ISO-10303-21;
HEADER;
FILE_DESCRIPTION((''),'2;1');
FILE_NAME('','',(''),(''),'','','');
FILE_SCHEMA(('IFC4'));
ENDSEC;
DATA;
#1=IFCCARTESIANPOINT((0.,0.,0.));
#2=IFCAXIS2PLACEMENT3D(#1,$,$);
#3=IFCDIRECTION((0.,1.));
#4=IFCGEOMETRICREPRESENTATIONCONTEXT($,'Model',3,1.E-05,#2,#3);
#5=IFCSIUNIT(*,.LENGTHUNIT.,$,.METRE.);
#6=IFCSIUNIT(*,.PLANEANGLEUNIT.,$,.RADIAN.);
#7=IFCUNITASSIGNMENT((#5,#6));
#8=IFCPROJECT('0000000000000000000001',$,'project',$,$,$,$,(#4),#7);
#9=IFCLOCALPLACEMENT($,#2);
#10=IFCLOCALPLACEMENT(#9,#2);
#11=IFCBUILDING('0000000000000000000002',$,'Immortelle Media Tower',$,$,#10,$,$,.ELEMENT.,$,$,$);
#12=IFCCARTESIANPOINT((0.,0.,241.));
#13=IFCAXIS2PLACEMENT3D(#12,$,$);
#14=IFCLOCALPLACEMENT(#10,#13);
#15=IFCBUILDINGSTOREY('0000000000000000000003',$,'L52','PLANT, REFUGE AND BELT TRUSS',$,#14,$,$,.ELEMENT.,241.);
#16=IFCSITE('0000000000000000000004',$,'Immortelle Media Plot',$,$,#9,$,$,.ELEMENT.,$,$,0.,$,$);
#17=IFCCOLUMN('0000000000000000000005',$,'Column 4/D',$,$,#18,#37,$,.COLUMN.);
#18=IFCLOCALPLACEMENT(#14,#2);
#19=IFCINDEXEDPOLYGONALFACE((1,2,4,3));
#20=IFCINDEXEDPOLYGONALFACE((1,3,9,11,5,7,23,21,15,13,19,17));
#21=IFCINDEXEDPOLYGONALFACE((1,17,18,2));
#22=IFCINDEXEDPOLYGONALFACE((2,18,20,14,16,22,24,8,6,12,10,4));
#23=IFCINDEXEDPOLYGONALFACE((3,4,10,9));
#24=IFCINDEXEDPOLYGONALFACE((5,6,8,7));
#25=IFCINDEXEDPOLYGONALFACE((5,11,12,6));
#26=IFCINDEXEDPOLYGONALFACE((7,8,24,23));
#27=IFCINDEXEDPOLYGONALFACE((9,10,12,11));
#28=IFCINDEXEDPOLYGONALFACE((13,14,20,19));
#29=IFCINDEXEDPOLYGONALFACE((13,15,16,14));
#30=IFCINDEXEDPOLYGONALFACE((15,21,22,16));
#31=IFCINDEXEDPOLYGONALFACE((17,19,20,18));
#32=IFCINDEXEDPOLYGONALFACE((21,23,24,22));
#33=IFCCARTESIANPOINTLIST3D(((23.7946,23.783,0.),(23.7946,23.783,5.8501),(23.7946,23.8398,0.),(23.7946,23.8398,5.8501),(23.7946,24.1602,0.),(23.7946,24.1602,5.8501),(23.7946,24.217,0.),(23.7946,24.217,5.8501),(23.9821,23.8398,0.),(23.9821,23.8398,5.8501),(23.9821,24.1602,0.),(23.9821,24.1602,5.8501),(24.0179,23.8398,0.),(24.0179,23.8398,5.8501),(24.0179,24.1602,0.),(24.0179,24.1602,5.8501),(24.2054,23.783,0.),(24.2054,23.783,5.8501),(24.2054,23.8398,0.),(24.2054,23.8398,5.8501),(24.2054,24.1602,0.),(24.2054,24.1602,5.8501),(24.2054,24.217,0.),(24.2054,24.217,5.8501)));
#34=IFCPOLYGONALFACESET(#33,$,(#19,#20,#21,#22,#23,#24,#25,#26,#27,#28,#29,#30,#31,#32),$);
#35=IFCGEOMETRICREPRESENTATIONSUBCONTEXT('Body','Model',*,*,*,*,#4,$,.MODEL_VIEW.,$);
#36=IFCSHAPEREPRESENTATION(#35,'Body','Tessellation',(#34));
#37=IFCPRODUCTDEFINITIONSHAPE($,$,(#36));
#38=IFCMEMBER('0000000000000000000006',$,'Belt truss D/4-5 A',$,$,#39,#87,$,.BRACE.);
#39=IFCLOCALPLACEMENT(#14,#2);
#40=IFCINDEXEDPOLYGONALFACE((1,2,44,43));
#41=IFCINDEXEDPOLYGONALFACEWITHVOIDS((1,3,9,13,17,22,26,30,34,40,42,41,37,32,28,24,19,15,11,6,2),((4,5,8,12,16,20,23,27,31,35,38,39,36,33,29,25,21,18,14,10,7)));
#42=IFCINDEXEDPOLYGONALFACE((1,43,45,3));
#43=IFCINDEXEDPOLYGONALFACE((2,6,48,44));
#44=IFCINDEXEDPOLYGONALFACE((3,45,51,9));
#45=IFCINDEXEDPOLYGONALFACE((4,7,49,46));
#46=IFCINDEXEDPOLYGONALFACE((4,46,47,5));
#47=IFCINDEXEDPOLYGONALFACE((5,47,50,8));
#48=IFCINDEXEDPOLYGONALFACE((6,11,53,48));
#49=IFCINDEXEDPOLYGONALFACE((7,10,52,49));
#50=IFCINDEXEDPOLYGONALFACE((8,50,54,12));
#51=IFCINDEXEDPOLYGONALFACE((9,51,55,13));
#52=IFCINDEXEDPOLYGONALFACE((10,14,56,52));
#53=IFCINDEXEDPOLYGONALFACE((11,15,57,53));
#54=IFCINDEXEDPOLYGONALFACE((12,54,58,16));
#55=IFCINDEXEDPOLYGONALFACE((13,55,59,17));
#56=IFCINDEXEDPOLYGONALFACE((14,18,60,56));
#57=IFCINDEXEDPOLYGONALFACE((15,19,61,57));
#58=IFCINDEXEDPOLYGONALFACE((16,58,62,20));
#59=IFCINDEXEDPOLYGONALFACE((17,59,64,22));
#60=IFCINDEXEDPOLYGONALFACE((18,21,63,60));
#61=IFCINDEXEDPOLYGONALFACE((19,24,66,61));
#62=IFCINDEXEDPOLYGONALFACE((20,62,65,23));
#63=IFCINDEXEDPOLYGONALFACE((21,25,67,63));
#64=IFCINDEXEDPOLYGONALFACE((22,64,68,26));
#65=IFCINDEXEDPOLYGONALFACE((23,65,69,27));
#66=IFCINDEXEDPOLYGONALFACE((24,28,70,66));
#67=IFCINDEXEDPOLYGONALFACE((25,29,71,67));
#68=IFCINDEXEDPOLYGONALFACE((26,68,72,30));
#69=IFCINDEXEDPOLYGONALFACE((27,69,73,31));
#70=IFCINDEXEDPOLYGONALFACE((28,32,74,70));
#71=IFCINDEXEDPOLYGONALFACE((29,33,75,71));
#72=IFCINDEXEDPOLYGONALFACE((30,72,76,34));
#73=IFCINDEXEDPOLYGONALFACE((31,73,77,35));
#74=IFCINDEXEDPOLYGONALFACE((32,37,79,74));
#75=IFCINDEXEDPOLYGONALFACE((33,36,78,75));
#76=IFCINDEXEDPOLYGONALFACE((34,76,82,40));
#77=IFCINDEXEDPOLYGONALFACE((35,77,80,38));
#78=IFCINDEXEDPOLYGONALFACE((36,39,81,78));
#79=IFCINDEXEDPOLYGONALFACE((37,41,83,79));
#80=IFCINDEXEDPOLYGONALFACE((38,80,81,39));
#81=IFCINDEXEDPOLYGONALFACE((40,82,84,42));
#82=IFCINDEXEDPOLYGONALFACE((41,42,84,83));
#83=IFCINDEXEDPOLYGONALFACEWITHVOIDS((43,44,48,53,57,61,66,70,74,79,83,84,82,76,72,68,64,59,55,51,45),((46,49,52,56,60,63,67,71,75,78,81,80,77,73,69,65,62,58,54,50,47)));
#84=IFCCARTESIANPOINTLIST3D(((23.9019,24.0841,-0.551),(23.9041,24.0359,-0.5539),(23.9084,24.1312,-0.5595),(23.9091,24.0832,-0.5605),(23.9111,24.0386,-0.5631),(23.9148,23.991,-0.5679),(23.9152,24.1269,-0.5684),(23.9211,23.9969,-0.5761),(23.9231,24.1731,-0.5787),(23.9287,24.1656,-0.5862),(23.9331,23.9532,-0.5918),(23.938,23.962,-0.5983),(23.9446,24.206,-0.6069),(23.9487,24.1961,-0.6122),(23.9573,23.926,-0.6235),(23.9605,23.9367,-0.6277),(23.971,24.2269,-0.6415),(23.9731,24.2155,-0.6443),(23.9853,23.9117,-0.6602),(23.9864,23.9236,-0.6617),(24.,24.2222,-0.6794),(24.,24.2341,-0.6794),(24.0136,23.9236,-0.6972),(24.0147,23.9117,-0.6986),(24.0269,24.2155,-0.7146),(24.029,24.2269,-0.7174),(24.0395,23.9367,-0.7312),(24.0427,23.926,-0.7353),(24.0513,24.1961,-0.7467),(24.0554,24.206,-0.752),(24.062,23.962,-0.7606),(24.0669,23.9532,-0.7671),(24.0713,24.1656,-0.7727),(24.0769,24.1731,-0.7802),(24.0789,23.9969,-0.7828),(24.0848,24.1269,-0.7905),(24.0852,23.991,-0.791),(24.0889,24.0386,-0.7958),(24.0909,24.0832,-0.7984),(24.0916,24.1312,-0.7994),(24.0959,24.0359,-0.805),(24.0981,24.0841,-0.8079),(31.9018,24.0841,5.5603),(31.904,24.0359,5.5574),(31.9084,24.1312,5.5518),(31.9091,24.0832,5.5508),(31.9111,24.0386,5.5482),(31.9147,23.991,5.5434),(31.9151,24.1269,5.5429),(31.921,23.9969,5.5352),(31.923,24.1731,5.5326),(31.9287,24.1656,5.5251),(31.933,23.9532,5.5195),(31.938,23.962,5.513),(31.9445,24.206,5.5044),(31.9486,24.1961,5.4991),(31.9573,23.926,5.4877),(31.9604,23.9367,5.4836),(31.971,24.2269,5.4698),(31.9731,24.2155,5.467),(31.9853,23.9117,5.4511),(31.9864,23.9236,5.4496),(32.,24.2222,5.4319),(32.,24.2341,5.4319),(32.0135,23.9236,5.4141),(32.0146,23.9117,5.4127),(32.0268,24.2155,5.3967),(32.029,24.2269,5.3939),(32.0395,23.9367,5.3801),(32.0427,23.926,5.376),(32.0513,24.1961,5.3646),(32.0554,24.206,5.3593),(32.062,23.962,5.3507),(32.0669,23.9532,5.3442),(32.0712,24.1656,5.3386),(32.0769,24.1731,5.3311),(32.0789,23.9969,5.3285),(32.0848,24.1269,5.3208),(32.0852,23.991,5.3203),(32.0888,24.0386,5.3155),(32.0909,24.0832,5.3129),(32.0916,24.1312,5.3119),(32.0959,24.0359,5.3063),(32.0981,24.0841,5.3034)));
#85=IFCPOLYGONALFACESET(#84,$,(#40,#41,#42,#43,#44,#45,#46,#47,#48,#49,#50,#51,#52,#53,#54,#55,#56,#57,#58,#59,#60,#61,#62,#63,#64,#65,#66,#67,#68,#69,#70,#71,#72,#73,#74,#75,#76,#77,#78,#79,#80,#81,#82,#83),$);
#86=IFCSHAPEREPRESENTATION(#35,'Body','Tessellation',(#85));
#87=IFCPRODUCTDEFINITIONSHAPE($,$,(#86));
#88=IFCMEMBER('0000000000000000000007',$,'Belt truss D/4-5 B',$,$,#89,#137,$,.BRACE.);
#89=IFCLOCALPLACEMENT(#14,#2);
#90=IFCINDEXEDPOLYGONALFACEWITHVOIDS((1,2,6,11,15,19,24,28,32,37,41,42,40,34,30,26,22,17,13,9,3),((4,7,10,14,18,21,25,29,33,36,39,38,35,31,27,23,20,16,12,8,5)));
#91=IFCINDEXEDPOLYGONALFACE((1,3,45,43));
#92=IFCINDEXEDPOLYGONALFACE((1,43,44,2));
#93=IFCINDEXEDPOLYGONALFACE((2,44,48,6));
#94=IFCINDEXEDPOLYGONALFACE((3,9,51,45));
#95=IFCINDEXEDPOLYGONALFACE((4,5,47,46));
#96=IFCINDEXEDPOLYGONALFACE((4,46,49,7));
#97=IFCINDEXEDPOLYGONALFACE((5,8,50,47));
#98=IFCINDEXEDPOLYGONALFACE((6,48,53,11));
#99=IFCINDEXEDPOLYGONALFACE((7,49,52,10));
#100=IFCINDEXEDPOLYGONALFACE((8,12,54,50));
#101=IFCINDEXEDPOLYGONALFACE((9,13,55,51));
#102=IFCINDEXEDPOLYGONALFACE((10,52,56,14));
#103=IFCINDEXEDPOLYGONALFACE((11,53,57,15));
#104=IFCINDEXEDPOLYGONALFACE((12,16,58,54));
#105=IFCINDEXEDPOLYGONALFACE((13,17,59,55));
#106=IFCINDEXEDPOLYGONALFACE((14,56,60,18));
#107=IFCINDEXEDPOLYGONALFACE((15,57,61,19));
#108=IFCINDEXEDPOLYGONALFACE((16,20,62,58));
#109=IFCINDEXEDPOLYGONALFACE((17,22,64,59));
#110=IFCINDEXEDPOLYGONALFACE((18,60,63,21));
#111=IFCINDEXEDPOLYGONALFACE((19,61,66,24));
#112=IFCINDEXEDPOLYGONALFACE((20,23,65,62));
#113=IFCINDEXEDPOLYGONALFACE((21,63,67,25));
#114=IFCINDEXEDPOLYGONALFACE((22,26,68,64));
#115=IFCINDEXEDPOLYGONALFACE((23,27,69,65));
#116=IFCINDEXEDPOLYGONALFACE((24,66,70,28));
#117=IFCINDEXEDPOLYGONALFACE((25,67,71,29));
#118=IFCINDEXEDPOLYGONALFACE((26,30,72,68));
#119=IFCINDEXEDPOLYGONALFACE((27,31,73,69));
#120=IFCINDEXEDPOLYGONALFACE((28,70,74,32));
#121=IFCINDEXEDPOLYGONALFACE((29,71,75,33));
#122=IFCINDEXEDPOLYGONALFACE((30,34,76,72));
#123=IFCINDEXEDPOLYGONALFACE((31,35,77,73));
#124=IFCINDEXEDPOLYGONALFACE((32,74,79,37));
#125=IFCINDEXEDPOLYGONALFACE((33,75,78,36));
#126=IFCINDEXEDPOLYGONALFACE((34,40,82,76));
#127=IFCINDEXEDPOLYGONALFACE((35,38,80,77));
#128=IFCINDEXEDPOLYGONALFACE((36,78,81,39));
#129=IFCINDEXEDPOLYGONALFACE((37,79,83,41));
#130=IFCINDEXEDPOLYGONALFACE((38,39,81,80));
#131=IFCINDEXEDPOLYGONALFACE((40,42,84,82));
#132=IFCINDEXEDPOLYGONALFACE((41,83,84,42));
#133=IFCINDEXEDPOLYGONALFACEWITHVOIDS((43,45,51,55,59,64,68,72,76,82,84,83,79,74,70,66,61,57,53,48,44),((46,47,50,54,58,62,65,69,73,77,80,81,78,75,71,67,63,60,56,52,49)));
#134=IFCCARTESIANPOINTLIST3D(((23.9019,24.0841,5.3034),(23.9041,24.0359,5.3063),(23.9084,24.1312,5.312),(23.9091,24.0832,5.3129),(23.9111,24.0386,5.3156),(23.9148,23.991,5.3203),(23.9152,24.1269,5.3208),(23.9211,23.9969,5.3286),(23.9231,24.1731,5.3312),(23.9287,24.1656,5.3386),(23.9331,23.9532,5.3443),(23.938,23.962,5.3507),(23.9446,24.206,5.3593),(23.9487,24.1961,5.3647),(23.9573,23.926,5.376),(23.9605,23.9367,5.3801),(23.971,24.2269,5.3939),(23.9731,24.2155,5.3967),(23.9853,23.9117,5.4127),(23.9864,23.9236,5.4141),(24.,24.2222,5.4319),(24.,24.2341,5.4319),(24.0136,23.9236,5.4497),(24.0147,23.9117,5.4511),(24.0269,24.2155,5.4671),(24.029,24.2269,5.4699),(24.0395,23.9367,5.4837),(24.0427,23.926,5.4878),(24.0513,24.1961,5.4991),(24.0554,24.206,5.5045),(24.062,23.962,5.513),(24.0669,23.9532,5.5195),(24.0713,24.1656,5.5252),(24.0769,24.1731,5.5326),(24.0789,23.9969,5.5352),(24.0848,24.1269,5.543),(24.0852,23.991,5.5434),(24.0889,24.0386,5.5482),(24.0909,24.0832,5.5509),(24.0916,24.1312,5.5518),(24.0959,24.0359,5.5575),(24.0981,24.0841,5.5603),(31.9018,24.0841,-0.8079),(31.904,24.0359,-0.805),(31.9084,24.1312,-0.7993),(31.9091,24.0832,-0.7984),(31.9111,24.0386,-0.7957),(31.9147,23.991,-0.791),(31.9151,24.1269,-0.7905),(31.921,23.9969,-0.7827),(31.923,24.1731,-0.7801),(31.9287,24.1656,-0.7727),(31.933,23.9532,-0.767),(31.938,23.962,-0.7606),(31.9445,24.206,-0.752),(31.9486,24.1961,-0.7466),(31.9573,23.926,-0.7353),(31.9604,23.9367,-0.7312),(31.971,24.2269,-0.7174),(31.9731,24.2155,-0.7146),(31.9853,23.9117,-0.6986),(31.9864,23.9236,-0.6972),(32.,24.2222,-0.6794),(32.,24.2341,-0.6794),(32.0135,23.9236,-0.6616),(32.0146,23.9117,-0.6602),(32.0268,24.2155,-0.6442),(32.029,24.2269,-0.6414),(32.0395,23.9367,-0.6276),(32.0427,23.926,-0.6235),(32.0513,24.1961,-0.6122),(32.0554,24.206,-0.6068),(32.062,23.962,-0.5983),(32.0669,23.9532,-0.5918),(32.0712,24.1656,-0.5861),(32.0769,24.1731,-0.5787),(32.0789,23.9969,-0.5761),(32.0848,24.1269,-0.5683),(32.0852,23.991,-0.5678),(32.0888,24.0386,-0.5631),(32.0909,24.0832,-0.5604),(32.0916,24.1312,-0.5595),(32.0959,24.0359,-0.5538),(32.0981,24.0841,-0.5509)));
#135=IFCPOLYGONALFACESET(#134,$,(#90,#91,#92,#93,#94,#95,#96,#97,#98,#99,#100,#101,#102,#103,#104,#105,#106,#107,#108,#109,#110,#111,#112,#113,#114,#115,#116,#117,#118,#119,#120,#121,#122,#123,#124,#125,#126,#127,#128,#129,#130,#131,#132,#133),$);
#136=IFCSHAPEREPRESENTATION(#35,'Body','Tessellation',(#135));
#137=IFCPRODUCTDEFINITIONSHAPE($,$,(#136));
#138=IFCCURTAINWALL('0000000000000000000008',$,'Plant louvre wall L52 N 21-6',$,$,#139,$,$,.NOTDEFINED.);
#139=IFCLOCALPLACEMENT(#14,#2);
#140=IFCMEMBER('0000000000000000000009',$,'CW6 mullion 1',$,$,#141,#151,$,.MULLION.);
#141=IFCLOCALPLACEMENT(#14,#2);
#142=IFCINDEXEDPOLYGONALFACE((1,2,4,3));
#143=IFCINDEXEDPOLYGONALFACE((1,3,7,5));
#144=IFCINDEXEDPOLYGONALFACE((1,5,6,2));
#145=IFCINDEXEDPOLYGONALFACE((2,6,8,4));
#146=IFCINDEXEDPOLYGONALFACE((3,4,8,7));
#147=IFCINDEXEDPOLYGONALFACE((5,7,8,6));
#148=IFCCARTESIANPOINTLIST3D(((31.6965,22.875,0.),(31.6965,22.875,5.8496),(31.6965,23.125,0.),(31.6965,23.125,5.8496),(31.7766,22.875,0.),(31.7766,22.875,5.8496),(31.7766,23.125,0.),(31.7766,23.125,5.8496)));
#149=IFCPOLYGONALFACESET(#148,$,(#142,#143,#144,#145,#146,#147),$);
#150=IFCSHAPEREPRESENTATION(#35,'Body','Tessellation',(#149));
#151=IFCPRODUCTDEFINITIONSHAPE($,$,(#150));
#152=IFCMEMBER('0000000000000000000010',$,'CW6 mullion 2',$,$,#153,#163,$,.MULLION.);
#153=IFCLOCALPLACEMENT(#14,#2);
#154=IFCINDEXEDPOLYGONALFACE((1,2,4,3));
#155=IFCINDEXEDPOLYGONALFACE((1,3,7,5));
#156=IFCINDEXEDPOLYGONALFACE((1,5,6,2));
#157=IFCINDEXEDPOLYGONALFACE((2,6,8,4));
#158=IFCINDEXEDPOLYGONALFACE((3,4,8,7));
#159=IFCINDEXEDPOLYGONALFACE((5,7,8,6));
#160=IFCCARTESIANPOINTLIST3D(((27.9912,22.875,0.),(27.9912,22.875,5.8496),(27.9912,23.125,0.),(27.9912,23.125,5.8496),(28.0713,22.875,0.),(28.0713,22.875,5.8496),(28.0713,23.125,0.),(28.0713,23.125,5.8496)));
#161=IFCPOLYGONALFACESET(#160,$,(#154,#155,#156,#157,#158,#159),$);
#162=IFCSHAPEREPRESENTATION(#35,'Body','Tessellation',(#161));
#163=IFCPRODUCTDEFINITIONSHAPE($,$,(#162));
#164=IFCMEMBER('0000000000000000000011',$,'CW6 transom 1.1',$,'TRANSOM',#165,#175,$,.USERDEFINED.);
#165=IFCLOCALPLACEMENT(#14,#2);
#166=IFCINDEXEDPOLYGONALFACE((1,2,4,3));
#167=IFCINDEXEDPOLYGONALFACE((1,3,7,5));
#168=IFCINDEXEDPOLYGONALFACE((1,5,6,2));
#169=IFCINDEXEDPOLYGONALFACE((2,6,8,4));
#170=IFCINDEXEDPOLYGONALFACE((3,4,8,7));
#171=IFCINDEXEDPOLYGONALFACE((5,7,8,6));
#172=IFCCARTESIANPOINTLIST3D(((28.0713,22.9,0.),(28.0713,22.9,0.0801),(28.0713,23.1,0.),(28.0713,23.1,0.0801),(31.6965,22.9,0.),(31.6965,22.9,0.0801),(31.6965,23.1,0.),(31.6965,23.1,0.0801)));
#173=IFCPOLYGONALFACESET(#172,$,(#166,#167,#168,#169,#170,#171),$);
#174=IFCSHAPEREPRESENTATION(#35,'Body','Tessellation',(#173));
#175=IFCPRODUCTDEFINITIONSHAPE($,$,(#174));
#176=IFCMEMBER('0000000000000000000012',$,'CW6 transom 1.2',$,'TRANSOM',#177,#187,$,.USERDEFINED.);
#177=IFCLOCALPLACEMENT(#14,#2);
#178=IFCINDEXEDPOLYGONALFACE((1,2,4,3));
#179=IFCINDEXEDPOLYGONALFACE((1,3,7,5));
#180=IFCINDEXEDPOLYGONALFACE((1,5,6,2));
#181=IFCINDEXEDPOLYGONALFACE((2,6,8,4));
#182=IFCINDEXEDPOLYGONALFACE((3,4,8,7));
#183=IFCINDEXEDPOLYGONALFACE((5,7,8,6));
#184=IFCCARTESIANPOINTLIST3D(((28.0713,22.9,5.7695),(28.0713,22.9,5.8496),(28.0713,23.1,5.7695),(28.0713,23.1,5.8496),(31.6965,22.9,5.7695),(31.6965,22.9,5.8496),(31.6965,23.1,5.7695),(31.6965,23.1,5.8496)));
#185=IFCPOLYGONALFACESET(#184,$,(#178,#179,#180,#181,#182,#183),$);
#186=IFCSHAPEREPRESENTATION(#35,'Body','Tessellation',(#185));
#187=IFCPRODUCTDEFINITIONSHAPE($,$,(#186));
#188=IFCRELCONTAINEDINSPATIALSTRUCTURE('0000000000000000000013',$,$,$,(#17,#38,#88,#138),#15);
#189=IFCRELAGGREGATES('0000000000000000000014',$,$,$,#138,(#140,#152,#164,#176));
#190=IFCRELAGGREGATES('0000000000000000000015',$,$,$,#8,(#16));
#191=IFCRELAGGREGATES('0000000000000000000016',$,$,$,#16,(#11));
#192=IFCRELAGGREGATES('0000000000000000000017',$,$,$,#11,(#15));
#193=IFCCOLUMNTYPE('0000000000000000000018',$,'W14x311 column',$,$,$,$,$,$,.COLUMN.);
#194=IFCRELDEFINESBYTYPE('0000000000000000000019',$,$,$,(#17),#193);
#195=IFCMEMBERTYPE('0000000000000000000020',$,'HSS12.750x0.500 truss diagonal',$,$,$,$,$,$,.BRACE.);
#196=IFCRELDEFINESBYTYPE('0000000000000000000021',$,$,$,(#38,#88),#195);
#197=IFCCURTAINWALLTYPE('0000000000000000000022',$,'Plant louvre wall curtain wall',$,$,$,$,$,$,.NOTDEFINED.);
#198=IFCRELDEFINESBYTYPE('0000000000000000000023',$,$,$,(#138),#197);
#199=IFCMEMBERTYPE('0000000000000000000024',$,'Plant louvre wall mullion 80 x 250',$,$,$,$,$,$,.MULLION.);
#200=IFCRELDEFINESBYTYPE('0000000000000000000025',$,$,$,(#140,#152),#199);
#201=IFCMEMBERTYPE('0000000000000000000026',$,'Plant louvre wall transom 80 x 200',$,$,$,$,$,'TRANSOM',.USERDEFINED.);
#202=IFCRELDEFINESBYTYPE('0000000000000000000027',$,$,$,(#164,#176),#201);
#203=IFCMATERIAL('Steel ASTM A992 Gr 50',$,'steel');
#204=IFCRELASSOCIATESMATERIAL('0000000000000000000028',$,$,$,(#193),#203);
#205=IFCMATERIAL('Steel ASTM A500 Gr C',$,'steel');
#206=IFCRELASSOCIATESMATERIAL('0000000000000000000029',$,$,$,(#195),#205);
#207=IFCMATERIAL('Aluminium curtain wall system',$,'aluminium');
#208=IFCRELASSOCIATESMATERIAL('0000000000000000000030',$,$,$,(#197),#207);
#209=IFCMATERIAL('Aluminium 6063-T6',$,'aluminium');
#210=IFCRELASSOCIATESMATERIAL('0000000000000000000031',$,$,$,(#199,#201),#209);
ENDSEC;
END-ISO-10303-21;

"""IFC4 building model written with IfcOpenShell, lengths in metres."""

from ifc_helpers import new_model, si_unit, direction, frame, origin, origin_2d, place, context, subcontext, project, spatial, rectangle, hollow_circle, i_section, extrude, material, material_profile, profile_set, type_object, element, aggregate, save


model = new_model("IFC4")

# Units and contexts
model_context = context("Model", 3, precision=1e-05, world=origin(), true_north=direction((0.0, 1.0)))
body_context = subcontext(model_context, "Body", "Model", "MODEL_VIEW")
ifc_project = project(units=[si_unit("LENGTHUNIT", "METRE"), si_unit("PLANEANGLEUNIT", "RADIAN")], contexts=[model_context])

# Site, building, storey
site_placement = place(None, origin())
site = spatial("IfcSite", under=ifc_project, at=site_placement, Name="Immortelle Media Plot", CompositionType="ELEMENT", RefElevation=0.0)
building_placement = place(site_placement, origin())
building = spatial("IfcBuilding", under=site, at=building_placement, Name="Immortelle Media Tower", CompositionType="ELEMENT")
storey_placement = place(building_placement, frame((0.0, 0.0, 241.0)))
storey = spatial("IfcBuildingStorey", under=building, at=storey_placement, Name="L52", Description="PLANT, REFUGE AND BELT TRUSS", CompositionType="ELEMENT", Elevation=241.0)

# Column
ifc_material_1 = material(Name="Steel ASTM A992 Gr 50", Category="steel")
ifc_material_profile_1 = material_profile(ifc_material_1, i_section(OverallWidth=0.4109, OverallDepth=0.4341, WebThickness=0.0359, FlangeThickness=0.0569, at=origin_2d()), Name="W14x311")
ifc_profile_set_1 = profile_set([ifc_material_profile_1], Name="Steel ASTM A992 Gr 50")
column_type = type_object("IfcColumnType", Name="W14x311 column", PredefinedType="COLUMN", material=ifc_profile_set_1)
column_placement = place(storey_placement, frame((24.0, 24.0, 0.0), z_axis=(0.0, 0.0, 1.0), x_axis=(1.0, 0.0, 0.0)))
element("IfcColumn", 1, at=column_placement, inside=storey, type_object=column_type, Name="Column 4/D", PredefinedType="COLUMN", context=body_context, shape_type="SweptSolid", body=[
    extrude(i_section(OverallWidth=0.4109, OverallDepth=0.4341, WebThickness=0.0359, FlangeThickness=0.0569, at=origin_2d()), origin(), (0.0, 0.0, 1.0), 5.8501),
])

# Members
ifc_material_2 = material(Name="Steel ASTM A500 Gr C", Category="steel")
ifc_material_profile_2 = material_profile(ifc_material_2, hollow_circle(Radius=0.1621, WallThickness=0.012, at=origin_2d()), Name="HSS12.750x0.500 truss diagonal")
ifc_profile_set_2 = profile_set([ifc_material_profile_2], Name="Steel ASTM A500 Gr C")
member_type_1 = type_object("IfcMemberType", Name="HSS12.750x0.500 truss diagonal", PredefinedType="BRACE", material=ifc_profile_set_2)
for number, where, z_axis, x_axis, name in (
    (2, (24.0, 24.072, -0.6794), (0.794661, 0.0, 0.607054), (0.0, 1.0, 0.0), "Belt truss D/4-5 A"),
    (3, (24.0, 24.072, 5.4319), (0.794661, 0.0, -0.607054), (0.0, 1.0, 0.0), "Belt truss D/4-5 B"),
):
    element("IfcMember", number, at=place(storey_placement, frame(where, z_axis=z_axis, x_axis=x_axis)), inside=storey, type_object=member_type_1, Name=name, PredefinedType="BRACE", context=body_context, shape_type="SweptSolid", body=[
        extrude(hollow_circle(Radius=0.1621, WallThickness=0.012, at=origin_2d()), origin(), (0.0, 0.0, 1.0), 10.0671),
    ])

# Curtain wall, members
ifc_material_3 = material(Name="Aluminium curtain wall system", Category="aluminium")
curtain_wall_type = type_object("IfcCurtainWallType", Name="Plant louvre wall curtain wall", PredefinedType="NOTDEFINED", material=ifc_material_3)
curtain_wall_placement = place(storey_placement, origin())
curtain_wall = element("IfcCurtainWall", 4, at=curtain_wall_placement, inside=storey, type_object=curtain_wall_type, Name="Plant louvre wall L52 N 21-6", PredefinedType="NOTDEFINED")
ifc_material_4 = material(Name="Aluminium 6063-T6", Category="aluminium")
ifc_material_profile_3 = material_profile(ifc_material_4, rectangle(XDim=0.25, YDim=0.0801, at=origin_2d()), Name="AL 80x250")
ifc_profile_set_3 = profile_set([ifc_material_profile_3], Name="Aluminium 6063-T6")
member_type_2 = type_object("IfcMemberType", Name="Plant louvre wall mullion 80 x 250", PredefinedType="MULLION", material=ifc_profile_set_3)
member_1_placement = place(storey_placement, frame((31.7366, 23.0, 0.0), z_axis=(0.0, 0.0, 1.0), x_axis=(0.0, -1.0, 0.0)))
member_1 = element("IfcMember", 5, at=member_1_placement, type_object=member_type_2, Name="CW6 mullion 1", PredefinedType="MULLION", context=body_context, shape_type="SweptSolid", body=[
    extrude(rectangle(XDim=0.25, YDim=0.0801, at=origin_2d()), origin(), (0.0, 0.0, 1.0), 5.8496),
])
member_2_placement = place(storey_placement, frame((28.0312, 23.0, 0.0), z_axis=(0.0, 0.0, 1.0), x_axis=(0.0, -1.0, 0.0)))
member_2 = element("IfcMember", 6, at=member_2_placement, type_object=member_type_2, Name="CW6 mullion 2", PredefinedType="MULLION", context=body_context, shape_type="SweptSolid", body=[
    extrude(rectangle(XDim=0.25, YDim=0.0801, at=origin_2d()), origin(), (0.0, 0.0, 1.0), 5.8496),
])
ifc_material_profile_4 = material_profile(ifc_material_4, rectangle(XDim=0.2, YDim=0.0801, at=origin_2d()), Name="AL 80x200")
ifc_profile_set_4 = profile_set([ifc_material_profile_4], Name="Aluminium 6063-T6")
member_type_3 = type_object("IfcMemberType", Name="Plant louvre wall transom 80 x 200", ElementType="TRANSOM", PredefinedType="USERDEFINED", material=ifc_profile_set_4)
member_3_placement = place(storey_placement, frame((31.6965, 23.0, 0.04), z_axis=(-1.0, 0.0, 0.0), x_axis=(0.0, -1.0, 0.0)))
member_3 = element("IfcMember", 7, at=member_3_placement, type_object=member_type_3, Name="CW6 transom 1.1", ObjectType="TRANSOM", PredefinedType="USERDEFINED", context=body_context, shape_type="SweptSolid", body=[
    extrude(rectangle(XDim=0.2, YDim=0.0801, at=origin_2d()), origin(), (0.0, 0.0, 1.0), 3.6252),
])
member_4_placement = place(storey_placement, frame((31.6965, 23.0, 5.8096), z_axis=(-1.0, 0.0, 0.0), x_axis=(0.0, -1.0, 0.0)))
member_4 = element("IfcMember", 8, at=member_4_placement, type_object=member_type_3, Name="CW6 transom 1.2", ObjectType="TRANSOM", PredefinedType="USERDEFINED", context=body_context, shape_type="SweptSolid", body=[
    extrude(rectangle(XDim=0.2, YDim=0.0801, at=origin_2d()), origin(), (0.0, 0.0, 1.0), 3.6252),
])

aggregate(curtain_wall, [member_1, member_2, member_3, member_4])

save(model, "model.ifc")
